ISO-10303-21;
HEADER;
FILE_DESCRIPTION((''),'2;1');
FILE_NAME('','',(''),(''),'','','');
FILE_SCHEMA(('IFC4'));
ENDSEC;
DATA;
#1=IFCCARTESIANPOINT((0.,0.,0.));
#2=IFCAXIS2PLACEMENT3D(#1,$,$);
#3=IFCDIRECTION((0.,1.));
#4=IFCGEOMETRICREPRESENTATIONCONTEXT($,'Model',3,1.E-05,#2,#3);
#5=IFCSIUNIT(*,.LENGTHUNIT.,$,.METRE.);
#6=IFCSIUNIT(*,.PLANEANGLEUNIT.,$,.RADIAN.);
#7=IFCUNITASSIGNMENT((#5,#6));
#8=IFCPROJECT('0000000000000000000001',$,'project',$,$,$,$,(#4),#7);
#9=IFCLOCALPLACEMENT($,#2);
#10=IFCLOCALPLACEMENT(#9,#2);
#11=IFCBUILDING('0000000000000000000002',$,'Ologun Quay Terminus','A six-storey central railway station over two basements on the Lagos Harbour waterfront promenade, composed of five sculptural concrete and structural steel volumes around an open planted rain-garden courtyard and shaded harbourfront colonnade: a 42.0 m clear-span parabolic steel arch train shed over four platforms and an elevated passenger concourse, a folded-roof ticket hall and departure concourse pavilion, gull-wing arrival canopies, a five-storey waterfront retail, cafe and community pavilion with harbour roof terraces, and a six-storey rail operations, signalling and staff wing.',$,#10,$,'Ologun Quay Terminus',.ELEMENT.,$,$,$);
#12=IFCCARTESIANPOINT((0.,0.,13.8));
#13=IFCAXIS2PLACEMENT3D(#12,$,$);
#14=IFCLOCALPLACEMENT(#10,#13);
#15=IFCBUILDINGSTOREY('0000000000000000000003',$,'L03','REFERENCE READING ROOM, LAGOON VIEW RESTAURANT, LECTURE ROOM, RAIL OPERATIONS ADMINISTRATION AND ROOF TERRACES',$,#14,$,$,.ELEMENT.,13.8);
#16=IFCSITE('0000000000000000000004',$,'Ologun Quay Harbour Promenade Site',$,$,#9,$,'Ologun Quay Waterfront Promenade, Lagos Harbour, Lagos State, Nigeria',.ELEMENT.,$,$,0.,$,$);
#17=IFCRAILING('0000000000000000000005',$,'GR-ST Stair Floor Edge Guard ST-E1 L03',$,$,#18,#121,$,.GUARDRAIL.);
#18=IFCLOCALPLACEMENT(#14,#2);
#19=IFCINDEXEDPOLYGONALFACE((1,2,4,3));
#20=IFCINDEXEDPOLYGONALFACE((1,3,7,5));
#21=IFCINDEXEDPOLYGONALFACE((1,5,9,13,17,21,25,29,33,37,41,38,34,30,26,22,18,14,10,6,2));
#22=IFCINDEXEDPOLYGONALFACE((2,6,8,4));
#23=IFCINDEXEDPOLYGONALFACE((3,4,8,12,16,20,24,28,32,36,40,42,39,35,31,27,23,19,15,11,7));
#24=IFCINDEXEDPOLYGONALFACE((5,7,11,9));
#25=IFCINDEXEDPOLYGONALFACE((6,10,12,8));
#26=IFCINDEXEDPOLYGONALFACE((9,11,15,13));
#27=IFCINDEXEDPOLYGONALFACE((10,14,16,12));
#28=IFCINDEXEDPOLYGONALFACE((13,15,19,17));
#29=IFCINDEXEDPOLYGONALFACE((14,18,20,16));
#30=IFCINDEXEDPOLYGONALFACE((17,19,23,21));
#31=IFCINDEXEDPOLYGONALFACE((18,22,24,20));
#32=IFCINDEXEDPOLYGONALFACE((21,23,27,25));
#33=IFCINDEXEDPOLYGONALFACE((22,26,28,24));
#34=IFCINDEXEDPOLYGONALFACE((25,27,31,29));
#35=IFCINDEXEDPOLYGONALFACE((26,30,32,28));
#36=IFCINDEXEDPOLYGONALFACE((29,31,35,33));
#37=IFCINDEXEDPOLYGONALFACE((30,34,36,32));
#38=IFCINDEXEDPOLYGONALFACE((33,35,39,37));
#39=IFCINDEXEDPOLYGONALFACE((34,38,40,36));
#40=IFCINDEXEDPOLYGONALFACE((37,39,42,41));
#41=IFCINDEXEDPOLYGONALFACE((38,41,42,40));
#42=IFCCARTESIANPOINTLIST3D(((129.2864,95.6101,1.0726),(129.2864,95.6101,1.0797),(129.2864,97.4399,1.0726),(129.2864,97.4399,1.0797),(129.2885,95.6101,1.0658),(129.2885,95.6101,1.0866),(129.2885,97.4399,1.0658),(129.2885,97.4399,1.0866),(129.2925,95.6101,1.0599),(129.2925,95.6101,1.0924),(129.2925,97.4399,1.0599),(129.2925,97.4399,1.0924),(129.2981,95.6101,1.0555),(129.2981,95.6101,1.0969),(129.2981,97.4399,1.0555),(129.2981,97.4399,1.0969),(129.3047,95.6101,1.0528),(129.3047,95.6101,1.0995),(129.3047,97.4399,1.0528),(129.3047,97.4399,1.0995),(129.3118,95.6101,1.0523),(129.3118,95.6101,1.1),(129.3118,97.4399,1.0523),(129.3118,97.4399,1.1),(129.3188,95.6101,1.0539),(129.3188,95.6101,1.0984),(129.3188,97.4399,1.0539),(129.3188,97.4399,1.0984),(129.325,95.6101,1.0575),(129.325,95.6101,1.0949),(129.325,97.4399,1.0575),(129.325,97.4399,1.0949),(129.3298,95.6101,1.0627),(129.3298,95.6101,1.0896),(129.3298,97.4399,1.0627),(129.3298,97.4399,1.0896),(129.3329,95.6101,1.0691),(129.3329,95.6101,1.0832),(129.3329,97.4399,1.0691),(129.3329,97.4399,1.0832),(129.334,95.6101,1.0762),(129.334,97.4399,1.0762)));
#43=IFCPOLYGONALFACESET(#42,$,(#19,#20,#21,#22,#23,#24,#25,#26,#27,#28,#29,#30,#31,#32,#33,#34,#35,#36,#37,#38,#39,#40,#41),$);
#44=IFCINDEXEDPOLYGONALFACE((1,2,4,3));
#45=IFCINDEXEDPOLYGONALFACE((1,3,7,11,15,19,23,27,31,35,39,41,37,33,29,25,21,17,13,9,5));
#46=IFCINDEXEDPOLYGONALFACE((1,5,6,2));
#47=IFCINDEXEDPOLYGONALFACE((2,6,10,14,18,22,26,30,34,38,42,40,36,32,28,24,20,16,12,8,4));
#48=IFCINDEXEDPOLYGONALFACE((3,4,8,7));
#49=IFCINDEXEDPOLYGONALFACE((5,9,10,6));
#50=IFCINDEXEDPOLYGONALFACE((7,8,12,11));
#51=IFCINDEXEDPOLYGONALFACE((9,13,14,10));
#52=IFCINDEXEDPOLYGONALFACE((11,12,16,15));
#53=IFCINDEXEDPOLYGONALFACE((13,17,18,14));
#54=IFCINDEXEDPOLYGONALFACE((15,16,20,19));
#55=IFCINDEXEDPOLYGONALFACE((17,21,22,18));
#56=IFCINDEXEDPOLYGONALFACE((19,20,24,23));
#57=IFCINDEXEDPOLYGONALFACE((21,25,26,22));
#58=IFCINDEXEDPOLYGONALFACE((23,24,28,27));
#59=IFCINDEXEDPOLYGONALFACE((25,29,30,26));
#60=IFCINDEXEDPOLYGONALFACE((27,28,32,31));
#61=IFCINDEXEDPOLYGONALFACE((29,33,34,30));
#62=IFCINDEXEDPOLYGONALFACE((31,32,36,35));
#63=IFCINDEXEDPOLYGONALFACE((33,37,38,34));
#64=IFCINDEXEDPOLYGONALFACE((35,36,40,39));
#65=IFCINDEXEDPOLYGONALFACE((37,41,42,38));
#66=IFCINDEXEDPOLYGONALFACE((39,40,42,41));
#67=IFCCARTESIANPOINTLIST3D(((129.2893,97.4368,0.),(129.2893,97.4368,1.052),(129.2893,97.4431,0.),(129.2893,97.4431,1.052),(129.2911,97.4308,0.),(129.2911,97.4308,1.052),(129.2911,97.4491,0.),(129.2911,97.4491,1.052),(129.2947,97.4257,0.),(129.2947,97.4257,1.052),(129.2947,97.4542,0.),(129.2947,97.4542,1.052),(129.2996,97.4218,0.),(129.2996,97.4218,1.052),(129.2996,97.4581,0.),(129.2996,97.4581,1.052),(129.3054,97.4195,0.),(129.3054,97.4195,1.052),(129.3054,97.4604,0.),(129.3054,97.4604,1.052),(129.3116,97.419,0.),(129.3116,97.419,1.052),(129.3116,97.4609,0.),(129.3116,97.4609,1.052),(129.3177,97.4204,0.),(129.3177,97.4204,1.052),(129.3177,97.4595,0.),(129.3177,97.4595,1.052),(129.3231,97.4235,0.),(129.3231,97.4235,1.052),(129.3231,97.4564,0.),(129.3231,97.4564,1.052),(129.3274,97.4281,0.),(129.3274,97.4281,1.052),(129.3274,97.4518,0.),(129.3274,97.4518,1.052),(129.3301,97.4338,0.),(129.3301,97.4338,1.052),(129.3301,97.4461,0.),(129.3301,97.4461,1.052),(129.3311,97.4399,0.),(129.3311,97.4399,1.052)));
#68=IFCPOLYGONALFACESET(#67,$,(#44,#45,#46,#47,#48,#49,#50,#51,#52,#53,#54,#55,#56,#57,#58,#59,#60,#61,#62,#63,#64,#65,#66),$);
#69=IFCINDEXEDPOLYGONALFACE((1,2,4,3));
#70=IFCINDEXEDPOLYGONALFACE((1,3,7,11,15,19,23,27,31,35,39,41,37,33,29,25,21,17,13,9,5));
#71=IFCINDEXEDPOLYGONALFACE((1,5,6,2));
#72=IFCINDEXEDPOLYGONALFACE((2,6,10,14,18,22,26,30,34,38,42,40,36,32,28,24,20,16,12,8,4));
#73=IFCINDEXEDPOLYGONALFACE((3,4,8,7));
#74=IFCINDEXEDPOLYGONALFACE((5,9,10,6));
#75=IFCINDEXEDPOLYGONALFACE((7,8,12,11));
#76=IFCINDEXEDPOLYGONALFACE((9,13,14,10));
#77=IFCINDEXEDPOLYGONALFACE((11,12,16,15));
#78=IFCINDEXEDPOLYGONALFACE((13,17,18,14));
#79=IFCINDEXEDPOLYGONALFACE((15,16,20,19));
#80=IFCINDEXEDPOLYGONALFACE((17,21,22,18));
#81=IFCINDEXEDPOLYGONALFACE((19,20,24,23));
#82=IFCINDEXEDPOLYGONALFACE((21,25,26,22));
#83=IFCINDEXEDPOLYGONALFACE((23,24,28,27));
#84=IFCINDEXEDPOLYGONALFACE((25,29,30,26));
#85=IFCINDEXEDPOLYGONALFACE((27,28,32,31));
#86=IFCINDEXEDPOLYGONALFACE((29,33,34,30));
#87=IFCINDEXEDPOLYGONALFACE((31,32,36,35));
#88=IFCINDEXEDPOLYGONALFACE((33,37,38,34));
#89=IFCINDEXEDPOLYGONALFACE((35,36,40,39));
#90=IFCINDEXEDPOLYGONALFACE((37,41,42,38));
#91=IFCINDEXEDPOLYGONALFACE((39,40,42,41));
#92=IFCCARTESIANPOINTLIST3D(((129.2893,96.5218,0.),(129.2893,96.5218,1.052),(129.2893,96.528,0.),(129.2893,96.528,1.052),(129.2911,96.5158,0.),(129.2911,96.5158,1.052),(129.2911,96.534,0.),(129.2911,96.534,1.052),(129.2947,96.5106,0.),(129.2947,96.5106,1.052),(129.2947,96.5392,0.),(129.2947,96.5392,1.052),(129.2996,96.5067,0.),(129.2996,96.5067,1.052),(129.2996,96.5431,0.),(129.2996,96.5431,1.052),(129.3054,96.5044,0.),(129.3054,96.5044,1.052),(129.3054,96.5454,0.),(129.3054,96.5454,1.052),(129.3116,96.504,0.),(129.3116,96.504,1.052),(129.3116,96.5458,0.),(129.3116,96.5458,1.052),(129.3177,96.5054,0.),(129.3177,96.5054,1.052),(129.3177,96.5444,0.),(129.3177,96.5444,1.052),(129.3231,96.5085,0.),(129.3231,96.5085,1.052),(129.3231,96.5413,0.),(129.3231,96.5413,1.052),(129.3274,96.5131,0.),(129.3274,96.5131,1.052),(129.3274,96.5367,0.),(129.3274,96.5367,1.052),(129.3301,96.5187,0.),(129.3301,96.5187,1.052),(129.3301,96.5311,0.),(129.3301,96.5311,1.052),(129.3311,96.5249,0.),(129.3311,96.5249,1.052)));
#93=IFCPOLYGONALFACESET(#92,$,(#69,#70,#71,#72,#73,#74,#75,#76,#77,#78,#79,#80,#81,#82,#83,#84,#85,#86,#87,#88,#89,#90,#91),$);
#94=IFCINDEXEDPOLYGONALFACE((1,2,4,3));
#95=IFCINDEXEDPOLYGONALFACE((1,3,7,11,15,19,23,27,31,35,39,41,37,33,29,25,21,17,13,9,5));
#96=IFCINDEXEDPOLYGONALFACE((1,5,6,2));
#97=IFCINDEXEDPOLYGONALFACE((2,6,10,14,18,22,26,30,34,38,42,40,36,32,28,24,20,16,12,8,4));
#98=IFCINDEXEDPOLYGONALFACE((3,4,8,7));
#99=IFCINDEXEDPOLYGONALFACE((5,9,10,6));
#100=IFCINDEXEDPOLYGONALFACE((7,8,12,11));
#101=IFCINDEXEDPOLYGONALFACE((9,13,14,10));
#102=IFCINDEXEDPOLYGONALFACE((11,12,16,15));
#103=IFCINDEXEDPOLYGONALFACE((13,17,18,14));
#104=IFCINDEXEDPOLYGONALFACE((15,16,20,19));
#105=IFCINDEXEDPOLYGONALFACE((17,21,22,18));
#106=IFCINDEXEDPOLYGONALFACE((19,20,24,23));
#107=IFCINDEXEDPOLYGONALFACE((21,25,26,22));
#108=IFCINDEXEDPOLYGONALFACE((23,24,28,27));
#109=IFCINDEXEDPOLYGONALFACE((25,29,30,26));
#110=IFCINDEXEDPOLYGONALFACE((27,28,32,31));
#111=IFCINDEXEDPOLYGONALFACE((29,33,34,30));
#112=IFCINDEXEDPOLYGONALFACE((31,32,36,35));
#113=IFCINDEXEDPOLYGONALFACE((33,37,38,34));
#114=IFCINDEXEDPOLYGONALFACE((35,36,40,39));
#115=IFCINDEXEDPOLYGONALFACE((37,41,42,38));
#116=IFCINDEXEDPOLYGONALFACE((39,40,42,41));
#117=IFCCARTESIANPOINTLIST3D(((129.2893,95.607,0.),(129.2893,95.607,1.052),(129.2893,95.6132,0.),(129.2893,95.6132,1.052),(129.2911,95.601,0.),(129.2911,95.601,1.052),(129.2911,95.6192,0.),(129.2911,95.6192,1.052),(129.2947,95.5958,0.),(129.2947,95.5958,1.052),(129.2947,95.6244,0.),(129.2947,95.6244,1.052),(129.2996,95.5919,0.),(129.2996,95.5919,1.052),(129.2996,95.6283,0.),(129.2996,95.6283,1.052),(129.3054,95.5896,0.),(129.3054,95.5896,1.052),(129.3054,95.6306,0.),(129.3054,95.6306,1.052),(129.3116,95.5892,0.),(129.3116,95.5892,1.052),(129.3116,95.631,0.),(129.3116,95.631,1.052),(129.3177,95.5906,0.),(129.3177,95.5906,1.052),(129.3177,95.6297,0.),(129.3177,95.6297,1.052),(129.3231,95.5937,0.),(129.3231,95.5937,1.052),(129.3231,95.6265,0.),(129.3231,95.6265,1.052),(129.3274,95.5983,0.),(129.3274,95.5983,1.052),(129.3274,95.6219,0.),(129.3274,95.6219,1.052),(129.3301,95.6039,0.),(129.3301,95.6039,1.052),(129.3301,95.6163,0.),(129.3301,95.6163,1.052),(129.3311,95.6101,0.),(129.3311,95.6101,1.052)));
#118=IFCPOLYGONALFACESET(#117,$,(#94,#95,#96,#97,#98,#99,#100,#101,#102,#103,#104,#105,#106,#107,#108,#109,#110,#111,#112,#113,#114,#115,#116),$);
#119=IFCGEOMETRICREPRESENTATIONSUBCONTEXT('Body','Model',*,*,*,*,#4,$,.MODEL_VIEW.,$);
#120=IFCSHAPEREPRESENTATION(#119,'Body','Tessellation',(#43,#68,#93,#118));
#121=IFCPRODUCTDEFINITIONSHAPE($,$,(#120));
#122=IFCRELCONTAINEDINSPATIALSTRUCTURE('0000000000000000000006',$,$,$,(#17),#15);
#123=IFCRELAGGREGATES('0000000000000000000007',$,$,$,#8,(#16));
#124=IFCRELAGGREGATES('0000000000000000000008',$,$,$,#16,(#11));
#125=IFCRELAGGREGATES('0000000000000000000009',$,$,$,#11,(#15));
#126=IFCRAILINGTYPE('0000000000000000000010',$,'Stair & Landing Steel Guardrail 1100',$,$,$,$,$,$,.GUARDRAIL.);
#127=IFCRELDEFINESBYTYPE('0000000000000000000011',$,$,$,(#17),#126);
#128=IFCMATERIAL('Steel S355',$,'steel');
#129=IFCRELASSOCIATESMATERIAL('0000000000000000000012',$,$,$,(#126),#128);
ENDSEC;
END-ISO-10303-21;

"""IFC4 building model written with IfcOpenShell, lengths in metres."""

from ifc_helpers import new_model, si_unit, direction, frame, origin, origin_2d, place, context, subcontext, project, spatial, circle, extrude, material, type_object, element, save


model = new_model("IFC4")

# Units and contexts
model_context = context("Model", 3, precision=1e-05, world=origin(), true_north=direction((0.0, 1.0)))
body_context = subcontext(model_context, "Body", "Model", "MODEL_VIEW")
ifc_project = project(units=[si_unit("LENGTHUNIT", "METRE"), si_unit("PLANEANGLEUNIT", "RADIAN")], contexts=[model_context])

# Site, building, storey
site_placement = place(None, origin())
site = spatial("IfcSite", under=ifc_project, at=site_placement, Name="Ologun Quay Harbour Promenade Site", LongName="Ologun Quay Waterfront Promenade, Lagos Harbour, Lagos State, Nigeria", CompositionType="ELEMENT", RefElevation=0.0)
building_placement = place(site_placement, origin())
building = spatial("IfcBuilding", under=site, at=building_placement, Name="Ologun Quay Terminus", Description="A six-storey central railway station over two basements on the Lagos Harbour waterfront promenade, composed of five sculptural concrete and structural steel volumes around an open planted rain-garden courtyard and shaded harbourfront colonnade: a 42.0 m clear-span parabolic steel arch train shed over four platforms and an elevated passenger concourse, a folded-roof ticket hall and departure concourse pavilion, gull-wing arrival canopies, a five-storey waterfront retail, cafe and community pavilion with harbour roof terraces, and a six-storey rail operations, signalling and staff wing.", LongName="Ologun Quay Terminus", CompositionType="ELEMENT")
storey_placement = place(building_placement, frame((0.0, 0.0, 13.8)))
storey = spatial("IfcBuildingStorey", under=building, at=storey_placement, Name="L03", Description="REFERENCE READING ROOM, LAGOON VIEW RESTAURANT, LECTURE ROOM, RAIL OPERATIONS ADMINISTRATION AND ROOF TERRACES", CompositionType="ELEMENT", Elevation=13.8)

# Railing
ifc_material_1 = material(Name="Steel S355", Category="steel")
railing_type = type_object("IfcRailingType", Name="Stair & Landing Steel Guardrail 1100", PredefinedType="GUARDRAIL", material=ifc_material_1)
railing_placement = place(storey_placement, frame((129.3101, 97.4399, 0.0)))
element("IfcRailing", 1, at=railing_placement, inside=storey, type_object=railing_type, Name="GR-ST Stair Floor Edge Guard ST-E1 L03", PredefinedType="GUARDRAIL", context=body_context, shape_type="SweptSolid", body=[
    extrude(circle(Radius=0.0239, at=origin_2d()), frame((0.0, 0.0, 1.0762), z_axis=(0.0, -1.0, 0.0), x_axis=(1.0, 0.0, 0.0)), (0.0, 0.0, 1.0), 1.8298),
    extrude(circle(Radius=0.021, at=origin_2d()), origin(), (0.0, 0.0, 1.0), 1.052),
    extrude(circle(Radius=0.021, at=origin_2d()), frame((0.0, -0.915, 0.0)), (0.0, 0.0, 1.0), 1.052),
    extrude(circle(Radius=0.021, at=origin_2d()), frame((0.0, -1.8298, 0.0)), (0.0, 0.0, 1.0), 1.052),
])

save(model, "model.ifc")
